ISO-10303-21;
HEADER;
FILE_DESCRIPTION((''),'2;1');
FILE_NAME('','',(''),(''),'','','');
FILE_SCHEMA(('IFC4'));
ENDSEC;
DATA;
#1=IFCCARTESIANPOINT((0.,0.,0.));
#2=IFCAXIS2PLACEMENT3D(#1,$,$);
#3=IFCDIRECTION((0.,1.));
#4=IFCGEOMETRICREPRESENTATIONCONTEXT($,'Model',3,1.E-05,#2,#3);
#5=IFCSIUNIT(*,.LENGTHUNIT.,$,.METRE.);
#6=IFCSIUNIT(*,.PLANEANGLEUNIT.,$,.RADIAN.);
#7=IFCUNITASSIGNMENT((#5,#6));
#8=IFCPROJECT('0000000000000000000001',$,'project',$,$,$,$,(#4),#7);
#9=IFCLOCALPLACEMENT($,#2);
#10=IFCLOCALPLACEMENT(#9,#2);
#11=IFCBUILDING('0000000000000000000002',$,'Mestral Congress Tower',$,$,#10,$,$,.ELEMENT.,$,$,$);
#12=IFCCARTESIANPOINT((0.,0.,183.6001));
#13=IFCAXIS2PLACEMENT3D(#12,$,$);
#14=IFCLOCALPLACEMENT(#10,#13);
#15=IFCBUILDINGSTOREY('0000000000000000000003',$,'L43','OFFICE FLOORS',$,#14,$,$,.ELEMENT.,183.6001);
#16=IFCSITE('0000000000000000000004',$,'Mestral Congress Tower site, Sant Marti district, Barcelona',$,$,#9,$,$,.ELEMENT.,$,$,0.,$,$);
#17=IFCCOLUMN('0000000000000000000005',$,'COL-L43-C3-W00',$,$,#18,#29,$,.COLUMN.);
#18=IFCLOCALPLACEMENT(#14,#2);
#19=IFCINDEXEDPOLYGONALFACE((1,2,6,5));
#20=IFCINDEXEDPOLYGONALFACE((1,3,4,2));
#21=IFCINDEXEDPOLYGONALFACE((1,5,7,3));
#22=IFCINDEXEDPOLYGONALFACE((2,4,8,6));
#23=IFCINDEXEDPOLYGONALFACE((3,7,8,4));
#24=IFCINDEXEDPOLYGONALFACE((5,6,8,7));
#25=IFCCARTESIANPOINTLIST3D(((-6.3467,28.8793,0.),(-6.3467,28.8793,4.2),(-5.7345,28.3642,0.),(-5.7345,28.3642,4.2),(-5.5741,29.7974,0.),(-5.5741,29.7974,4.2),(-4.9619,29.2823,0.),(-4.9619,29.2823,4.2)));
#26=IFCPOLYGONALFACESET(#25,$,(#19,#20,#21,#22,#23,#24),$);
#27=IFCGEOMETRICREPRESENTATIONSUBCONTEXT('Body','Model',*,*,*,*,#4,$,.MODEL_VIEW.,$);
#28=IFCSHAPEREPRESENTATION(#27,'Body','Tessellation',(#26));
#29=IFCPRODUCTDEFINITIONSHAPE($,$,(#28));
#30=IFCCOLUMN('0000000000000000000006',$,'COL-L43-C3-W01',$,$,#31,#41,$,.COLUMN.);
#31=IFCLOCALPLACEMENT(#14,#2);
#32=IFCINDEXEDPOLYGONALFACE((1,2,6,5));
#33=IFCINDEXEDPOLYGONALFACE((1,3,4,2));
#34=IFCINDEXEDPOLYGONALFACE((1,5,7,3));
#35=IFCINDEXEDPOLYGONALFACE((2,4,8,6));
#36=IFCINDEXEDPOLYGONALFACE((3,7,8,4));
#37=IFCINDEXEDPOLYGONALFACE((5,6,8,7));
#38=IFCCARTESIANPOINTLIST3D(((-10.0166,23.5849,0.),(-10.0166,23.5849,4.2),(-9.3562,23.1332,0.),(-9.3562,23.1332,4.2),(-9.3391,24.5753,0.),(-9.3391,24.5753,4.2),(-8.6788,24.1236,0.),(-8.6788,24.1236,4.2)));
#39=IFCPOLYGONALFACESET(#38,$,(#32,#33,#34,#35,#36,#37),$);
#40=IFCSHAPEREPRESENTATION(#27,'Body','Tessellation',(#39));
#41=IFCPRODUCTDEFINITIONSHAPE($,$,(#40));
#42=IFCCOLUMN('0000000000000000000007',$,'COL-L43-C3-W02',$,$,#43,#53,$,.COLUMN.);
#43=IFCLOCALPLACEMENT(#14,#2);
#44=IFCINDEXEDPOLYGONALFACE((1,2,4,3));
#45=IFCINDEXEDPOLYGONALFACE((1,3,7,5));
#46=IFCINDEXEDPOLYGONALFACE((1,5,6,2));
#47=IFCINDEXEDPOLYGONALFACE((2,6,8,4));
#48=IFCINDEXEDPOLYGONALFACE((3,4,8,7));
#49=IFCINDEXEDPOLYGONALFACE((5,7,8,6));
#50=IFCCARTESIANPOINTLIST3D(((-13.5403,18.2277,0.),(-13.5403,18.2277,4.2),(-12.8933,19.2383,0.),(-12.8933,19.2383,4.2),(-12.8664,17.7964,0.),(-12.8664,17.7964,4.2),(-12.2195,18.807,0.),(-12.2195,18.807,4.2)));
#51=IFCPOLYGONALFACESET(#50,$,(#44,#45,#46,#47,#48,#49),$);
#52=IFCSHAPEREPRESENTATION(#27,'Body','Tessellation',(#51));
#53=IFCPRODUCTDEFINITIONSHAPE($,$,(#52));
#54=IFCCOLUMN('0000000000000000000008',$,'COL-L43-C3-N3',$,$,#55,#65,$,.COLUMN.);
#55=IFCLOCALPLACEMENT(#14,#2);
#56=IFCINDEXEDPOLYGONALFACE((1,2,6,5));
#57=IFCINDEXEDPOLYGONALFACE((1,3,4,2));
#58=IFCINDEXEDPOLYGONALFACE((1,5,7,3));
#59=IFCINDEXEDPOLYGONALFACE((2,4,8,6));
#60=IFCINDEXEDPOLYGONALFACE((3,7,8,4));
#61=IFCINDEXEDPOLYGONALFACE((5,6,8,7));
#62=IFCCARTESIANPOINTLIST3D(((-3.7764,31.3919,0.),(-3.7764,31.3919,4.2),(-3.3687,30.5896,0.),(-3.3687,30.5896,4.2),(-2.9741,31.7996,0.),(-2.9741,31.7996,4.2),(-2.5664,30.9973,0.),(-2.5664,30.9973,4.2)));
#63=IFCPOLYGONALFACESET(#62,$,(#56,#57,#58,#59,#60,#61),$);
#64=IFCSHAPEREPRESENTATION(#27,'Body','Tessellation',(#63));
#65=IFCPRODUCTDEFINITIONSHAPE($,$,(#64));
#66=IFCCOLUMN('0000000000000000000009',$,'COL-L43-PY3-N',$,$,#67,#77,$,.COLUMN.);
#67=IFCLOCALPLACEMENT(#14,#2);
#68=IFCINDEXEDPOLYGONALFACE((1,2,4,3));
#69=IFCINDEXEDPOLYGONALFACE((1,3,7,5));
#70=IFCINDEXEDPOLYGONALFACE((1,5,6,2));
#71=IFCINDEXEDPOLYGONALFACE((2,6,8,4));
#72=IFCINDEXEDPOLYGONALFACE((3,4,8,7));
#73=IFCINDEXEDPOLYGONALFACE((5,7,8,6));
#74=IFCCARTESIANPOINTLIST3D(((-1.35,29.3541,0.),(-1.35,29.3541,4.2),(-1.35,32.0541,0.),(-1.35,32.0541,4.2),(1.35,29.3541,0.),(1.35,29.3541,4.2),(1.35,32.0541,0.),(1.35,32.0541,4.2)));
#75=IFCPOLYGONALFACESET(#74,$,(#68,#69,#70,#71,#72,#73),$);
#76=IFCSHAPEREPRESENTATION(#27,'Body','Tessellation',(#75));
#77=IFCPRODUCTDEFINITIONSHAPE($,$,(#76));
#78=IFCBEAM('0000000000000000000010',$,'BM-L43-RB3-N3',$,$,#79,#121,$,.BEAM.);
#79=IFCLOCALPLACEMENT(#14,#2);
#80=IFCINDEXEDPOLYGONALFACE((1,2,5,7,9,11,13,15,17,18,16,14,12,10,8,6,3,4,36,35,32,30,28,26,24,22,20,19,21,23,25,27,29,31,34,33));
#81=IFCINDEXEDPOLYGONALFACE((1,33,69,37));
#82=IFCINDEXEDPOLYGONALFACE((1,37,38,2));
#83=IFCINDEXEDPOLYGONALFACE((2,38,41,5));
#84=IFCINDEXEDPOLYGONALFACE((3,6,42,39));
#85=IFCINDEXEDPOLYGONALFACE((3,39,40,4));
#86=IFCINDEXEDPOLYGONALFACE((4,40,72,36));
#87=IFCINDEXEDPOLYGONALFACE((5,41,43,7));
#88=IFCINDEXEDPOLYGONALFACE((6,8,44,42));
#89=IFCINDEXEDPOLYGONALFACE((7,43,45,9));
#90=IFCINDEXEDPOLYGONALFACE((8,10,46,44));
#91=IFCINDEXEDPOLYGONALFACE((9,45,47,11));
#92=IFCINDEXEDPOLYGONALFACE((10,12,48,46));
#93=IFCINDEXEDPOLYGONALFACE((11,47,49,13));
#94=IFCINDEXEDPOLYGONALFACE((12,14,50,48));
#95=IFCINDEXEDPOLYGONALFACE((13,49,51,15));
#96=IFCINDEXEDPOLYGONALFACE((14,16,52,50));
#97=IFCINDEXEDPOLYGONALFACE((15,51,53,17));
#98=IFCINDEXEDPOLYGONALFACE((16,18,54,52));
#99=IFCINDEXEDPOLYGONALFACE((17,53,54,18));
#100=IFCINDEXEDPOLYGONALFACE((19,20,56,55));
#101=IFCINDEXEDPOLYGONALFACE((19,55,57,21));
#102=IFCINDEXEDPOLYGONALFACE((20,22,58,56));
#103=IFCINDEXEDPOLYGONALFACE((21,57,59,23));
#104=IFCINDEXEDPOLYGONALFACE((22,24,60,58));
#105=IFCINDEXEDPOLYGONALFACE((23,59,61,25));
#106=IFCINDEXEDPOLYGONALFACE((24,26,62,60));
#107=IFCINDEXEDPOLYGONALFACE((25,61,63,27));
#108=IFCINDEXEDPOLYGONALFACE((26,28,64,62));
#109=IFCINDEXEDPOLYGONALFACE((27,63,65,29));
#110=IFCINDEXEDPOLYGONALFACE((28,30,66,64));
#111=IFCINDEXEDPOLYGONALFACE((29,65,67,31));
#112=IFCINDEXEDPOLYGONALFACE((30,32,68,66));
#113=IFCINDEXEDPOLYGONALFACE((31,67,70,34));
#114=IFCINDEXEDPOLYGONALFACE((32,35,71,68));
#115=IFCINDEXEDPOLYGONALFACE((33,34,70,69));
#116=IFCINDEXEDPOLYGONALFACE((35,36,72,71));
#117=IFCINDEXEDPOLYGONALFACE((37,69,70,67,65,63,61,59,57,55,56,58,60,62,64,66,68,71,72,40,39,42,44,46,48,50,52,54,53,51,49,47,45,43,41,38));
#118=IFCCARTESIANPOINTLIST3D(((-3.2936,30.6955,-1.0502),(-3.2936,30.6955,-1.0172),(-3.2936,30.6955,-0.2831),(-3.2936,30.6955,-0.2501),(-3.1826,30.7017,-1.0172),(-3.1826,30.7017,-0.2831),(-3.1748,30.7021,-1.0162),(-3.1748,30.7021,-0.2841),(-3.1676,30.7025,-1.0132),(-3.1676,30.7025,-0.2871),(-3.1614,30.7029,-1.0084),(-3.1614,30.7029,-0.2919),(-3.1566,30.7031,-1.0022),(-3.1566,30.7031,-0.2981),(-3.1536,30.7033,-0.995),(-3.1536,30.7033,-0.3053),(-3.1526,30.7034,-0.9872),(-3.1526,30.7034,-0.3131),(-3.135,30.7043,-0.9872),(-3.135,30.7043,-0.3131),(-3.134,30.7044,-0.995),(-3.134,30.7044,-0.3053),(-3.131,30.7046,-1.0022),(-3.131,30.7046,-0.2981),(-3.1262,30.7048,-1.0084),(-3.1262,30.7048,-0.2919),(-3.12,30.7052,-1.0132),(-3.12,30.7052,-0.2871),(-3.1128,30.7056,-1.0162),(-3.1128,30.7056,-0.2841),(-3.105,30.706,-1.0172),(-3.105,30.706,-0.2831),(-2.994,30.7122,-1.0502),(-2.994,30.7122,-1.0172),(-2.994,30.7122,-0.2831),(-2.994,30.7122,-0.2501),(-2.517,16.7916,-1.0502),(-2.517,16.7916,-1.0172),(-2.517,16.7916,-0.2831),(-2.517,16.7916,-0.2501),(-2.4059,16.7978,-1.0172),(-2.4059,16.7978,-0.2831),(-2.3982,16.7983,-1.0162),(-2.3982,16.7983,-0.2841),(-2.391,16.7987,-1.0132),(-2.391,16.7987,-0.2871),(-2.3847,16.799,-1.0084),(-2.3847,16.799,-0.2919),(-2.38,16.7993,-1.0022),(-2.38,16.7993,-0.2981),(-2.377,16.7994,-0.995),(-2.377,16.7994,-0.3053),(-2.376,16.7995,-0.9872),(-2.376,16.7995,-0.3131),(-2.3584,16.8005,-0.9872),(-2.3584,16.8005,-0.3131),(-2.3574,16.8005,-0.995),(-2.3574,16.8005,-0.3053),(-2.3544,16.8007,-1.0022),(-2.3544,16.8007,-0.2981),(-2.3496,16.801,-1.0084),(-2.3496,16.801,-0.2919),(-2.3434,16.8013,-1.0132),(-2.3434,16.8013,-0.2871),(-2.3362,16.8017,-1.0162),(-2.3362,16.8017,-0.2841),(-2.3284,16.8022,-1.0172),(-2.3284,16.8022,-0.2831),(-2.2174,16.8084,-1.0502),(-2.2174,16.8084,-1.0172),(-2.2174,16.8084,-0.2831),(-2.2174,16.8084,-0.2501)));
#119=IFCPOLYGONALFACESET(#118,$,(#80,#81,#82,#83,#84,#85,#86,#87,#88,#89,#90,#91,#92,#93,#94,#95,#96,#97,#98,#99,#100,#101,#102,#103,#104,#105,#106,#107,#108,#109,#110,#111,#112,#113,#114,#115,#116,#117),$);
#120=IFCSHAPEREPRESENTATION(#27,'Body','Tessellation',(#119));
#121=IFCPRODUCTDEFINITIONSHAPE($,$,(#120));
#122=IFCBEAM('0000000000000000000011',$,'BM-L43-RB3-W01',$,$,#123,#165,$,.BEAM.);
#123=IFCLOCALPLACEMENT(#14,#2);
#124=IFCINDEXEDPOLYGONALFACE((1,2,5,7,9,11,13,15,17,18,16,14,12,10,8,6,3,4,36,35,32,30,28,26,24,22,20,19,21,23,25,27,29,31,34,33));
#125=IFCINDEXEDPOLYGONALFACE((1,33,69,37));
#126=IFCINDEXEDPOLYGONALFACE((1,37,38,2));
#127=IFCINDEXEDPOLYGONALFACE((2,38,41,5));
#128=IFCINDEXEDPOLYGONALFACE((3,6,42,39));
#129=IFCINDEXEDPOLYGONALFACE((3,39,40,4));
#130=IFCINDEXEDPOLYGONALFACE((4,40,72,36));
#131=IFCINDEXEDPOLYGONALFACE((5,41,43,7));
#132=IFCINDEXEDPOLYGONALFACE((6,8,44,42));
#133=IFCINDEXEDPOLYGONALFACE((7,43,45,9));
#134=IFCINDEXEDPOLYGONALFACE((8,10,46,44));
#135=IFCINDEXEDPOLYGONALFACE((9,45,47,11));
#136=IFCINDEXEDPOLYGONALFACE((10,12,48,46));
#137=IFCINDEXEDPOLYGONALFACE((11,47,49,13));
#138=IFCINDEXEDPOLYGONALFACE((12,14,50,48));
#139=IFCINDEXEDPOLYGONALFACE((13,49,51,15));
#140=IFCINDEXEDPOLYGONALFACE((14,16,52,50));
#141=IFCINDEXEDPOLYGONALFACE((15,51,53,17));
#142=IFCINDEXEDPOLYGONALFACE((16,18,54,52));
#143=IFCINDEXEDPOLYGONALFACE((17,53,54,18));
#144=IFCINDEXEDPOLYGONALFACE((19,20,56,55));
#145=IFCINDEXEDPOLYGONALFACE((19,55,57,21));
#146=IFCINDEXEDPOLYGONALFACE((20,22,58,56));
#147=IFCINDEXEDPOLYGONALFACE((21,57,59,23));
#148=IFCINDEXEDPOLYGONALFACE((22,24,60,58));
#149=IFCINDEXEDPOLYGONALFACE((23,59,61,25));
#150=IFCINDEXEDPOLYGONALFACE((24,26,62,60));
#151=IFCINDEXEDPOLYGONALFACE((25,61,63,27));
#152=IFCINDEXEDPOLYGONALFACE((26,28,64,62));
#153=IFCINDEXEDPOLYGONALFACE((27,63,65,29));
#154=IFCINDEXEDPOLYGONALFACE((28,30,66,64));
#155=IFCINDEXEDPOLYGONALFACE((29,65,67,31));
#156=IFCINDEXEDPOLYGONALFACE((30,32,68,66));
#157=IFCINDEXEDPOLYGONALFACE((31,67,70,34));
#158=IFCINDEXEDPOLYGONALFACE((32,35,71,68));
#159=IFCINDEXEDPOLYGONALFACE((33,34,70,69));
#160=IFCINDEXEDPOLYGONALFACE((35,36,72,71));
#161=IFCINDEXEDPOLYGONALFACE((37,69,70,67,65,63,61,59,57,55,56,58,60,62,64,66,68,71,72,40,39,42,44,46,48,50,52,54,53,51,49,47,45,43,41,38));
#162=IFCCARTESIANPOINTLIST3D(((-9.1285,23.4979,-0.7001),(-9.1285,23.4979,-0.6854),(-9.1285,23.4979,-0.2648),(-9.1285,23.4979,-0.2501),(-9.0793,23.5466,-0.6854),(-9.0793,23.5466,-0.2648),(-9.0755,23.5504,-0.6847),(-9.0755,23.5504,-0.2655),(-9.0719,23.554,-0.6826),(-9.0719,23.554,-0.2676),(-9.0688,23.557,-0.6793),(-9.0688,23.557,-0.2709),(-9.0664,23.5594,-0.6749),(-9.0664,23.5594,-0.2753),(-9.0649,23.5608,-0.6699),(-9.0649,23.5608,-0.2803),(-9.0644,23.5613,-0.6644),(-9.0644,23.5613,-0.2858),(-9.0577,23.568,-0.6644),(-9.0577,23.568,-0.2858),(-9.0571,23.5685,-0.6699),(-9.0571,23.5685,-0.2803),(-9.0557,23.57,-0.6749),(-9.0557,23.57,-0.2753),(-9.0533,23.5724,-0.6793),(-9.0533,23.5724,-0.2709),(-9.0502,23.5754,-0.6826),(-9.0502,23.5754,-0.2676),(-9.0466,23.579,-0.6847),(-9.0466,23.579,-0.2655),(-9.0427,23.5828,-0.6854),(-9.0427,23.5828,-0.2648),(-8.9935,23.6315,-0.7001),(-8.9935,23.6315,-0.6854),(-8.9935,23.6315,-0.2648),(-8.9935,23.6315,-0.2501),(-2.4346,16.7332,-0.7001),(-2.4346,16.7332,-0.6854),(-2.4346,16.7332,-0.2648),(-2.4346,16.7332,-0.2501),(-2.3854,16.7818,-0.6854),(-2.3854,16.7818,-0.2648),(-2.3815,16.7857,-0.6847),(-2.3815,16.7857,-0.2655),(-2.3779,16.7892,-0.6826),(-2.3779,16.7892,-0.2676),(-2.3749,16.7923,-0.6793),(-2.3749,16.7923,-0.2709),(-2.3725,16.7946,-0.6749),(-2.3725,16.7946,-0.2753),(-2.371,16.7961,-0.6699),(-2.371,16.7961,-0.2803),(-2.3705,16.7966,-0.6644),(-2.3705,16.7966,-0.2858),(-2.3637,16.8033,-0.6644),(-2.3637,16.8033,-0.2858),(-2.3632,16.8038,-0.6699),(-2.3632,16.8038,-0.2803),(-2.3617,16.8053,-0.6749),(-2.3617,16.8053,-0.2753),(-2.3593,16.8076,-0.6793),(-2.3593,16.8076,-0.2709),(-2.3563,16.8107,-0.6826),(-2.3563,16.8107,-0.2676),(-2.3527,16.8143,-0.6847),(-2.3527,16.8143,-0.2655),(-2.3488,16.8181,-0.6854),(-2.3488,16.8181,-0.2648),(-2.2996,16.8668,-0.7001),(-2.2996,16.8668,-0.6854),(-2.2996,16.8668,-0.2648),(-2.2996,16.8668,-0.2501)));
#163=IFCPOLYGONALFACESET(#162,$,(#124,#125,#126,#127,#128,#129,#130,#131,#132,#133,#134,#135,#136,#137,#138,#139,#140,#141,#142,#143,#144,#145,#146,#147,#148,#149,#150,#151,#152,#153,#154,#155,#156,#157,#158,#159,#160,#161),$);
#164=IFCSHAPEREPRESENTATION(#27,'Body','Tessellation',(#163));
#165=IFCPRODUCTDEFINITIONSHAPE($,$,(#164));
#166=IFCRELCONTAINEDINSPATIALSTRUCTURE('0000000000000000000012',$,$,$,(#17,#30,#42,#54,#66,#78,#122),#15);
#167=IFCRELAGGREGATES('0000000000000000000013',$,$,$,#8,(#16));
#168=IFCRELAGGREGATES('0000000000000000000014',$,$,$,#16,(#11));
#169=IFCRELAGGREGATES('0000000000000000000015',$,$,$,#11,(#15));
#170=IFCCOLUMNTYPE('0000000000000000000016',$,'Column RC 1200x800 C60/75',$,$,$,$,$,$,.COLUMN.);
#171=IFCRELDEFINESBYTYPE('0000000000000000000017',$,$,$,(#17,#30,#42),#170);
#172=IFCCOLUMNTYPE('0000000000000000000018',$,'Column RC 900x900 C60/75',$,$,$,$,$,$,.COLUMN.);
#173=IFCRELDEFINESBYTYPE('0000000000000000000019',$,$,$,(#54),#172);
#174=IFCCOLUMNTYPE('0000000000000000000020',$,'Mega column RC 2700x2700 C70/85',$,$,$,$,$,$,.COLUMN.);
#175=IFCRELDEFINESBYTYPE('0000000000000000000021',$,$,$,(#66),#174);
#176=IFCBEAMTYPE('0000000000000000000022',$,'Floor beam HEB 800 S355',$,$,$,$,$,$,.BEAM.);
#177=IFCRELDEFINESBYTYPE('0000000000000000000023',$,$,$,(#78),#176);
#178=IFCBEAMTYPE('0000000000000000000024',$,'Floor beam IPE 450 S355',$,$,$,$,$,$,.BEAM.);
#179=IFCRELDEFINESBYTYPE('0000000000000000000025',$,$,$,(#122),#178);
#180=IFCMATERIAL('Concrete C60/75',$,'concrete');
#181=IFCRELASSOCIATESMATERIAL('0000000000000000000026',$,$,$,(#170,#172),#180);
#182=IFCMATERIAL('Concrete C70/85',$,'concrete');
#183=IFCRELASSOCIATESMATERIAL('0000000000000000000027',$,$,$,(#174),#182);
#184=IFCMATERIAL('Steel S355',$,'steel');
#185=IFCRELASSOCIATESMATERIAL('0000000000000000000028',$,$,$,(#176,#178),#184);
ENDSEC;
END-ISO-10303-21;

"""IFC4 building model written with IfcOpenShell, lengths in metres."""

from ifc_helpers import new_model, si_unit, direction, frame, origin, origin_2d, place, context, subcontext, project, spatial, rectangle, i_section, extrude, material, material_profile, profile_set, type_object, element, save


model = new_model("IFC4")

# Units and contexts
model_context = context("Model", 3, precision=1e-05, world=origin(), true_north=direction((0.0, 1.0)))
body_context = subcontext(model_context, "Body", "Model", "MODEL_VIEW")
ifc_project = project(units=[si_unit("LENGTHUNIT", "METRE"), si_unit("PLANEANGLEUNIT", "RADIAN")], contexts=[model_context])

# Site, building, storey
site_placement = place(None, origin())
site = spatial("IfcSite", under=ifc_project, at=site_placement, Name="Mestral Congress Tower site, Sant Marti district, Barcelona", CompositionType="ELEMENT", RefElevation=0.0)
building_placement = place(site_placement, origin())
building = spatial("IfcBuilding", under=site, at=building_placement, Name="Mestral Congress Tower", CompositionType="ELEMENT")
storey_placement = place(building_placement, frame((0.0, 0.0, 183.6001)))
storey = spatial("IfcBuildingStorey", under=building, at=storey_placement, Name="L43", Description="OFFICE FLOORS", CompositionType="ELEMENT", Elevation=183.6001)

# Columns
ifc_material_1 = material(Name="Concrete C60/75", Category="concrete")
ifc_material_profile_1 = material_profile(ifc_material_1, rectangle(XDim=1.2, YDim=0.8, at=origin_2d()), Name="RC 1200x800")
ifc_profile_set_1 = profile_set([ifc_material_profile_1], Name="Concrete C60/75")
column_type_1 = type_object("IfcColumnType", Name="Column RC 1200x800 C60/75", PredefinedType="COLUMN", material=ifc_profile_set_1)
for number, where, z_axis, x_axis, name in (
    (1, (-5.6543, 29.0808, 0.0), (0.0, 0.0, 1.0), (-0.643827, -0.765171, 0.0), "COL-L43-C3-W00"),
    (2, (-9.3477, 23.8542, 0.0), (0.0, 0.0, 1.0), (-0.564568, -0.825387, 0.0), "COL-L43-C3-W01"),
    (3, (-12.8799, 18.5173, 0.0), (0.0, 0.0, 1.0), (-0.539115, -0.842232, 0.0), "COL-L43-C3-W02"),
):
    element("IfcColumn", number, at=place(storey_placement, frame(where, z_axis=z_axis, x_axis=x_axis)), inside=storey, type_object=column_type_1, Name=name, PredefinedType="COLUMN", context=body_context, shape_type="SweptSolid", body=[
        extrude(rectangle(XDim=1.2, YDim=0.8, at=origin_2d()), origin(), (0.0, 0.0, 1.0), 4.2),
    ])
ifc_material_profile_2 = material_profile(ifc_material_1, rectangle(XDim=0.8999, YDim=0.8999, at=origin_2d()), Name="RC 900x900")
ifc_profile_set_2 = profile_set([ifc_material_profile_2], Name="Concrete C60/75")
column_type_2 = type_object("IfcColumnType", Name="Column RC 900x900 C60/75", PredefinedType="COLUMN", material=ifc_profile_set_2)
column_1_placement = place(storey_placement, frame((-3.1714, 31.1946, 0.0), z_axis=(0.0, 0.0, 1.0), x_axis=(-0.891486, -0.453048, 0.0)))
element("IfcColumn", 4, at=column_1_placement, inside=storey, type_object=column_type_2, Name="COL-L43-C3-N3", PredefinedType="COLUMN", context=body_context, shape_type="SweptSolid", body=[
    extrude(rectangle(XDim=0.8999, YDim=0.8999, at=origin_2d()), origin(), (0.0, 0.0, 1.0), 4.2),
])
ifc_material_2 = material(Name="Concrete C70/85", Category="concrete")
ifc_material_profile_3 = material_profile(ifc_material_2, rectangle(XDim=2.7, YDim=2.7, at=origin_2d()), Name="RC 2700x2700")
ifc_profile_set_3 = profile_set([ifc_material_profile_3], Name="Concrete C70/85")
column_type_3 = type_object("IfcColumnType", Name="Mega column RC 2700x2700 C70/85", PredefinedType="COLUMN", material=ifc_profile_set_3)
column_2_placement = place(storey_placement, frame((0.0, 30.7041, 0.0), z_axis=(0.0, 0.0, 1.0), x_axis=(0.0, 1.0, 0.0)))
element("IfcColumn", 5, at=column_2_placement, inside=storey, type_object=column_type_3, Name="COL-L43-PY3-N", PredefinedType="COLUMN", context=body_context, shape_type="SweptSolid", body=[
    extrude(rectangle(XDim=2.7, YDim=2.7, at=origin_2d()), origin(), (0.0, 0.0, 1.0), 4.2),
])

# Beams
ifc_material_3 = material(Name="Steel S355", Category="steel")
ifc_material_profile_4 = material_profile(ifc_material_3, i_section(OverallWidth=0.3, OverallDepth=0.8, WebThickness=0.0176, FlangeThickness=0.033, FilletRadius=0.03, at=origin_2d()), Name="HEB 800")
ifc_profile_set_4 = profile_set([ifc_material_profile_4], Name="Steel S355")
beam_type_1 = type_object("IfcBeamType", Name="Floor beam HEB 800 S355", PredefinedType="BEAM", material=ifc_profile_set_4)
beam_1_placement = place(storey_placement, frame((-3.1438, 30.7039, -0.6501), z_axis=(0.055769, -0.998444, 0.0), x_axis=(0.998444, 0.055769, 0.0)))
element("IfcBeam", 6, at=beam_1_placement, inside=storey, type_object=beam_type_1, Name="BM-L43-RB3-N3", PredefinedType="BEAM", context=body_context, shape_type="SweptSolid", body=[
    extrude(i_section(OverallWidth=0.3, OverallDepth=0.8, WebThickness=0.0176, FlangeThickness=0.033, FilletRadius=0.03, at=origin_2d()), origin(), (0.0, 0.0, 1.0), 13.9255),
])
ifc_material_profile_5 = material_profile(ifc_material_3, i_section(OverallWidth=0.1899, OverallDepth=0.45, WebThickness=0.0095, FlangeThickness=0.0146, FilletRadius=0.021, at=origin_2d()), Name="IPE 450")
ifc_profile_set_5 = profile_set([ifc_material_profile_5], Name="Steel S355")
beam_type_2 = type_object("IfcBeamType", Name="Floor beam IPE 450 S355", PredefinedType="BEAM", material=ifc_profile_set_5)
beam_2_placement = place(storey_placement, frame((-9.061, 23.5647, -0.4751), z_axis=(0.703377, -0.710817, 0.0), x_axis=(0.710817, 0.703377, 0.0)))
element("IfcBeam", 7, at=beam_2_placement, inside=storey, type_object=beam_type_2, Name="BM-L43-RB3-W01", PredefinedType="BEAM", context=body_context, shape_type="SweptSolid", body=[
    extrude(i_section(OverallWidth=0.1899, OverallDepth=0.45, WebThickness=0.0095, FlangeThickness=0.0146, FilletRadius=0.021, at=origin_2d()), origin(), (0.0, 0.0, 1.0), 9.5168),
])

save(model, "model.ifc")
